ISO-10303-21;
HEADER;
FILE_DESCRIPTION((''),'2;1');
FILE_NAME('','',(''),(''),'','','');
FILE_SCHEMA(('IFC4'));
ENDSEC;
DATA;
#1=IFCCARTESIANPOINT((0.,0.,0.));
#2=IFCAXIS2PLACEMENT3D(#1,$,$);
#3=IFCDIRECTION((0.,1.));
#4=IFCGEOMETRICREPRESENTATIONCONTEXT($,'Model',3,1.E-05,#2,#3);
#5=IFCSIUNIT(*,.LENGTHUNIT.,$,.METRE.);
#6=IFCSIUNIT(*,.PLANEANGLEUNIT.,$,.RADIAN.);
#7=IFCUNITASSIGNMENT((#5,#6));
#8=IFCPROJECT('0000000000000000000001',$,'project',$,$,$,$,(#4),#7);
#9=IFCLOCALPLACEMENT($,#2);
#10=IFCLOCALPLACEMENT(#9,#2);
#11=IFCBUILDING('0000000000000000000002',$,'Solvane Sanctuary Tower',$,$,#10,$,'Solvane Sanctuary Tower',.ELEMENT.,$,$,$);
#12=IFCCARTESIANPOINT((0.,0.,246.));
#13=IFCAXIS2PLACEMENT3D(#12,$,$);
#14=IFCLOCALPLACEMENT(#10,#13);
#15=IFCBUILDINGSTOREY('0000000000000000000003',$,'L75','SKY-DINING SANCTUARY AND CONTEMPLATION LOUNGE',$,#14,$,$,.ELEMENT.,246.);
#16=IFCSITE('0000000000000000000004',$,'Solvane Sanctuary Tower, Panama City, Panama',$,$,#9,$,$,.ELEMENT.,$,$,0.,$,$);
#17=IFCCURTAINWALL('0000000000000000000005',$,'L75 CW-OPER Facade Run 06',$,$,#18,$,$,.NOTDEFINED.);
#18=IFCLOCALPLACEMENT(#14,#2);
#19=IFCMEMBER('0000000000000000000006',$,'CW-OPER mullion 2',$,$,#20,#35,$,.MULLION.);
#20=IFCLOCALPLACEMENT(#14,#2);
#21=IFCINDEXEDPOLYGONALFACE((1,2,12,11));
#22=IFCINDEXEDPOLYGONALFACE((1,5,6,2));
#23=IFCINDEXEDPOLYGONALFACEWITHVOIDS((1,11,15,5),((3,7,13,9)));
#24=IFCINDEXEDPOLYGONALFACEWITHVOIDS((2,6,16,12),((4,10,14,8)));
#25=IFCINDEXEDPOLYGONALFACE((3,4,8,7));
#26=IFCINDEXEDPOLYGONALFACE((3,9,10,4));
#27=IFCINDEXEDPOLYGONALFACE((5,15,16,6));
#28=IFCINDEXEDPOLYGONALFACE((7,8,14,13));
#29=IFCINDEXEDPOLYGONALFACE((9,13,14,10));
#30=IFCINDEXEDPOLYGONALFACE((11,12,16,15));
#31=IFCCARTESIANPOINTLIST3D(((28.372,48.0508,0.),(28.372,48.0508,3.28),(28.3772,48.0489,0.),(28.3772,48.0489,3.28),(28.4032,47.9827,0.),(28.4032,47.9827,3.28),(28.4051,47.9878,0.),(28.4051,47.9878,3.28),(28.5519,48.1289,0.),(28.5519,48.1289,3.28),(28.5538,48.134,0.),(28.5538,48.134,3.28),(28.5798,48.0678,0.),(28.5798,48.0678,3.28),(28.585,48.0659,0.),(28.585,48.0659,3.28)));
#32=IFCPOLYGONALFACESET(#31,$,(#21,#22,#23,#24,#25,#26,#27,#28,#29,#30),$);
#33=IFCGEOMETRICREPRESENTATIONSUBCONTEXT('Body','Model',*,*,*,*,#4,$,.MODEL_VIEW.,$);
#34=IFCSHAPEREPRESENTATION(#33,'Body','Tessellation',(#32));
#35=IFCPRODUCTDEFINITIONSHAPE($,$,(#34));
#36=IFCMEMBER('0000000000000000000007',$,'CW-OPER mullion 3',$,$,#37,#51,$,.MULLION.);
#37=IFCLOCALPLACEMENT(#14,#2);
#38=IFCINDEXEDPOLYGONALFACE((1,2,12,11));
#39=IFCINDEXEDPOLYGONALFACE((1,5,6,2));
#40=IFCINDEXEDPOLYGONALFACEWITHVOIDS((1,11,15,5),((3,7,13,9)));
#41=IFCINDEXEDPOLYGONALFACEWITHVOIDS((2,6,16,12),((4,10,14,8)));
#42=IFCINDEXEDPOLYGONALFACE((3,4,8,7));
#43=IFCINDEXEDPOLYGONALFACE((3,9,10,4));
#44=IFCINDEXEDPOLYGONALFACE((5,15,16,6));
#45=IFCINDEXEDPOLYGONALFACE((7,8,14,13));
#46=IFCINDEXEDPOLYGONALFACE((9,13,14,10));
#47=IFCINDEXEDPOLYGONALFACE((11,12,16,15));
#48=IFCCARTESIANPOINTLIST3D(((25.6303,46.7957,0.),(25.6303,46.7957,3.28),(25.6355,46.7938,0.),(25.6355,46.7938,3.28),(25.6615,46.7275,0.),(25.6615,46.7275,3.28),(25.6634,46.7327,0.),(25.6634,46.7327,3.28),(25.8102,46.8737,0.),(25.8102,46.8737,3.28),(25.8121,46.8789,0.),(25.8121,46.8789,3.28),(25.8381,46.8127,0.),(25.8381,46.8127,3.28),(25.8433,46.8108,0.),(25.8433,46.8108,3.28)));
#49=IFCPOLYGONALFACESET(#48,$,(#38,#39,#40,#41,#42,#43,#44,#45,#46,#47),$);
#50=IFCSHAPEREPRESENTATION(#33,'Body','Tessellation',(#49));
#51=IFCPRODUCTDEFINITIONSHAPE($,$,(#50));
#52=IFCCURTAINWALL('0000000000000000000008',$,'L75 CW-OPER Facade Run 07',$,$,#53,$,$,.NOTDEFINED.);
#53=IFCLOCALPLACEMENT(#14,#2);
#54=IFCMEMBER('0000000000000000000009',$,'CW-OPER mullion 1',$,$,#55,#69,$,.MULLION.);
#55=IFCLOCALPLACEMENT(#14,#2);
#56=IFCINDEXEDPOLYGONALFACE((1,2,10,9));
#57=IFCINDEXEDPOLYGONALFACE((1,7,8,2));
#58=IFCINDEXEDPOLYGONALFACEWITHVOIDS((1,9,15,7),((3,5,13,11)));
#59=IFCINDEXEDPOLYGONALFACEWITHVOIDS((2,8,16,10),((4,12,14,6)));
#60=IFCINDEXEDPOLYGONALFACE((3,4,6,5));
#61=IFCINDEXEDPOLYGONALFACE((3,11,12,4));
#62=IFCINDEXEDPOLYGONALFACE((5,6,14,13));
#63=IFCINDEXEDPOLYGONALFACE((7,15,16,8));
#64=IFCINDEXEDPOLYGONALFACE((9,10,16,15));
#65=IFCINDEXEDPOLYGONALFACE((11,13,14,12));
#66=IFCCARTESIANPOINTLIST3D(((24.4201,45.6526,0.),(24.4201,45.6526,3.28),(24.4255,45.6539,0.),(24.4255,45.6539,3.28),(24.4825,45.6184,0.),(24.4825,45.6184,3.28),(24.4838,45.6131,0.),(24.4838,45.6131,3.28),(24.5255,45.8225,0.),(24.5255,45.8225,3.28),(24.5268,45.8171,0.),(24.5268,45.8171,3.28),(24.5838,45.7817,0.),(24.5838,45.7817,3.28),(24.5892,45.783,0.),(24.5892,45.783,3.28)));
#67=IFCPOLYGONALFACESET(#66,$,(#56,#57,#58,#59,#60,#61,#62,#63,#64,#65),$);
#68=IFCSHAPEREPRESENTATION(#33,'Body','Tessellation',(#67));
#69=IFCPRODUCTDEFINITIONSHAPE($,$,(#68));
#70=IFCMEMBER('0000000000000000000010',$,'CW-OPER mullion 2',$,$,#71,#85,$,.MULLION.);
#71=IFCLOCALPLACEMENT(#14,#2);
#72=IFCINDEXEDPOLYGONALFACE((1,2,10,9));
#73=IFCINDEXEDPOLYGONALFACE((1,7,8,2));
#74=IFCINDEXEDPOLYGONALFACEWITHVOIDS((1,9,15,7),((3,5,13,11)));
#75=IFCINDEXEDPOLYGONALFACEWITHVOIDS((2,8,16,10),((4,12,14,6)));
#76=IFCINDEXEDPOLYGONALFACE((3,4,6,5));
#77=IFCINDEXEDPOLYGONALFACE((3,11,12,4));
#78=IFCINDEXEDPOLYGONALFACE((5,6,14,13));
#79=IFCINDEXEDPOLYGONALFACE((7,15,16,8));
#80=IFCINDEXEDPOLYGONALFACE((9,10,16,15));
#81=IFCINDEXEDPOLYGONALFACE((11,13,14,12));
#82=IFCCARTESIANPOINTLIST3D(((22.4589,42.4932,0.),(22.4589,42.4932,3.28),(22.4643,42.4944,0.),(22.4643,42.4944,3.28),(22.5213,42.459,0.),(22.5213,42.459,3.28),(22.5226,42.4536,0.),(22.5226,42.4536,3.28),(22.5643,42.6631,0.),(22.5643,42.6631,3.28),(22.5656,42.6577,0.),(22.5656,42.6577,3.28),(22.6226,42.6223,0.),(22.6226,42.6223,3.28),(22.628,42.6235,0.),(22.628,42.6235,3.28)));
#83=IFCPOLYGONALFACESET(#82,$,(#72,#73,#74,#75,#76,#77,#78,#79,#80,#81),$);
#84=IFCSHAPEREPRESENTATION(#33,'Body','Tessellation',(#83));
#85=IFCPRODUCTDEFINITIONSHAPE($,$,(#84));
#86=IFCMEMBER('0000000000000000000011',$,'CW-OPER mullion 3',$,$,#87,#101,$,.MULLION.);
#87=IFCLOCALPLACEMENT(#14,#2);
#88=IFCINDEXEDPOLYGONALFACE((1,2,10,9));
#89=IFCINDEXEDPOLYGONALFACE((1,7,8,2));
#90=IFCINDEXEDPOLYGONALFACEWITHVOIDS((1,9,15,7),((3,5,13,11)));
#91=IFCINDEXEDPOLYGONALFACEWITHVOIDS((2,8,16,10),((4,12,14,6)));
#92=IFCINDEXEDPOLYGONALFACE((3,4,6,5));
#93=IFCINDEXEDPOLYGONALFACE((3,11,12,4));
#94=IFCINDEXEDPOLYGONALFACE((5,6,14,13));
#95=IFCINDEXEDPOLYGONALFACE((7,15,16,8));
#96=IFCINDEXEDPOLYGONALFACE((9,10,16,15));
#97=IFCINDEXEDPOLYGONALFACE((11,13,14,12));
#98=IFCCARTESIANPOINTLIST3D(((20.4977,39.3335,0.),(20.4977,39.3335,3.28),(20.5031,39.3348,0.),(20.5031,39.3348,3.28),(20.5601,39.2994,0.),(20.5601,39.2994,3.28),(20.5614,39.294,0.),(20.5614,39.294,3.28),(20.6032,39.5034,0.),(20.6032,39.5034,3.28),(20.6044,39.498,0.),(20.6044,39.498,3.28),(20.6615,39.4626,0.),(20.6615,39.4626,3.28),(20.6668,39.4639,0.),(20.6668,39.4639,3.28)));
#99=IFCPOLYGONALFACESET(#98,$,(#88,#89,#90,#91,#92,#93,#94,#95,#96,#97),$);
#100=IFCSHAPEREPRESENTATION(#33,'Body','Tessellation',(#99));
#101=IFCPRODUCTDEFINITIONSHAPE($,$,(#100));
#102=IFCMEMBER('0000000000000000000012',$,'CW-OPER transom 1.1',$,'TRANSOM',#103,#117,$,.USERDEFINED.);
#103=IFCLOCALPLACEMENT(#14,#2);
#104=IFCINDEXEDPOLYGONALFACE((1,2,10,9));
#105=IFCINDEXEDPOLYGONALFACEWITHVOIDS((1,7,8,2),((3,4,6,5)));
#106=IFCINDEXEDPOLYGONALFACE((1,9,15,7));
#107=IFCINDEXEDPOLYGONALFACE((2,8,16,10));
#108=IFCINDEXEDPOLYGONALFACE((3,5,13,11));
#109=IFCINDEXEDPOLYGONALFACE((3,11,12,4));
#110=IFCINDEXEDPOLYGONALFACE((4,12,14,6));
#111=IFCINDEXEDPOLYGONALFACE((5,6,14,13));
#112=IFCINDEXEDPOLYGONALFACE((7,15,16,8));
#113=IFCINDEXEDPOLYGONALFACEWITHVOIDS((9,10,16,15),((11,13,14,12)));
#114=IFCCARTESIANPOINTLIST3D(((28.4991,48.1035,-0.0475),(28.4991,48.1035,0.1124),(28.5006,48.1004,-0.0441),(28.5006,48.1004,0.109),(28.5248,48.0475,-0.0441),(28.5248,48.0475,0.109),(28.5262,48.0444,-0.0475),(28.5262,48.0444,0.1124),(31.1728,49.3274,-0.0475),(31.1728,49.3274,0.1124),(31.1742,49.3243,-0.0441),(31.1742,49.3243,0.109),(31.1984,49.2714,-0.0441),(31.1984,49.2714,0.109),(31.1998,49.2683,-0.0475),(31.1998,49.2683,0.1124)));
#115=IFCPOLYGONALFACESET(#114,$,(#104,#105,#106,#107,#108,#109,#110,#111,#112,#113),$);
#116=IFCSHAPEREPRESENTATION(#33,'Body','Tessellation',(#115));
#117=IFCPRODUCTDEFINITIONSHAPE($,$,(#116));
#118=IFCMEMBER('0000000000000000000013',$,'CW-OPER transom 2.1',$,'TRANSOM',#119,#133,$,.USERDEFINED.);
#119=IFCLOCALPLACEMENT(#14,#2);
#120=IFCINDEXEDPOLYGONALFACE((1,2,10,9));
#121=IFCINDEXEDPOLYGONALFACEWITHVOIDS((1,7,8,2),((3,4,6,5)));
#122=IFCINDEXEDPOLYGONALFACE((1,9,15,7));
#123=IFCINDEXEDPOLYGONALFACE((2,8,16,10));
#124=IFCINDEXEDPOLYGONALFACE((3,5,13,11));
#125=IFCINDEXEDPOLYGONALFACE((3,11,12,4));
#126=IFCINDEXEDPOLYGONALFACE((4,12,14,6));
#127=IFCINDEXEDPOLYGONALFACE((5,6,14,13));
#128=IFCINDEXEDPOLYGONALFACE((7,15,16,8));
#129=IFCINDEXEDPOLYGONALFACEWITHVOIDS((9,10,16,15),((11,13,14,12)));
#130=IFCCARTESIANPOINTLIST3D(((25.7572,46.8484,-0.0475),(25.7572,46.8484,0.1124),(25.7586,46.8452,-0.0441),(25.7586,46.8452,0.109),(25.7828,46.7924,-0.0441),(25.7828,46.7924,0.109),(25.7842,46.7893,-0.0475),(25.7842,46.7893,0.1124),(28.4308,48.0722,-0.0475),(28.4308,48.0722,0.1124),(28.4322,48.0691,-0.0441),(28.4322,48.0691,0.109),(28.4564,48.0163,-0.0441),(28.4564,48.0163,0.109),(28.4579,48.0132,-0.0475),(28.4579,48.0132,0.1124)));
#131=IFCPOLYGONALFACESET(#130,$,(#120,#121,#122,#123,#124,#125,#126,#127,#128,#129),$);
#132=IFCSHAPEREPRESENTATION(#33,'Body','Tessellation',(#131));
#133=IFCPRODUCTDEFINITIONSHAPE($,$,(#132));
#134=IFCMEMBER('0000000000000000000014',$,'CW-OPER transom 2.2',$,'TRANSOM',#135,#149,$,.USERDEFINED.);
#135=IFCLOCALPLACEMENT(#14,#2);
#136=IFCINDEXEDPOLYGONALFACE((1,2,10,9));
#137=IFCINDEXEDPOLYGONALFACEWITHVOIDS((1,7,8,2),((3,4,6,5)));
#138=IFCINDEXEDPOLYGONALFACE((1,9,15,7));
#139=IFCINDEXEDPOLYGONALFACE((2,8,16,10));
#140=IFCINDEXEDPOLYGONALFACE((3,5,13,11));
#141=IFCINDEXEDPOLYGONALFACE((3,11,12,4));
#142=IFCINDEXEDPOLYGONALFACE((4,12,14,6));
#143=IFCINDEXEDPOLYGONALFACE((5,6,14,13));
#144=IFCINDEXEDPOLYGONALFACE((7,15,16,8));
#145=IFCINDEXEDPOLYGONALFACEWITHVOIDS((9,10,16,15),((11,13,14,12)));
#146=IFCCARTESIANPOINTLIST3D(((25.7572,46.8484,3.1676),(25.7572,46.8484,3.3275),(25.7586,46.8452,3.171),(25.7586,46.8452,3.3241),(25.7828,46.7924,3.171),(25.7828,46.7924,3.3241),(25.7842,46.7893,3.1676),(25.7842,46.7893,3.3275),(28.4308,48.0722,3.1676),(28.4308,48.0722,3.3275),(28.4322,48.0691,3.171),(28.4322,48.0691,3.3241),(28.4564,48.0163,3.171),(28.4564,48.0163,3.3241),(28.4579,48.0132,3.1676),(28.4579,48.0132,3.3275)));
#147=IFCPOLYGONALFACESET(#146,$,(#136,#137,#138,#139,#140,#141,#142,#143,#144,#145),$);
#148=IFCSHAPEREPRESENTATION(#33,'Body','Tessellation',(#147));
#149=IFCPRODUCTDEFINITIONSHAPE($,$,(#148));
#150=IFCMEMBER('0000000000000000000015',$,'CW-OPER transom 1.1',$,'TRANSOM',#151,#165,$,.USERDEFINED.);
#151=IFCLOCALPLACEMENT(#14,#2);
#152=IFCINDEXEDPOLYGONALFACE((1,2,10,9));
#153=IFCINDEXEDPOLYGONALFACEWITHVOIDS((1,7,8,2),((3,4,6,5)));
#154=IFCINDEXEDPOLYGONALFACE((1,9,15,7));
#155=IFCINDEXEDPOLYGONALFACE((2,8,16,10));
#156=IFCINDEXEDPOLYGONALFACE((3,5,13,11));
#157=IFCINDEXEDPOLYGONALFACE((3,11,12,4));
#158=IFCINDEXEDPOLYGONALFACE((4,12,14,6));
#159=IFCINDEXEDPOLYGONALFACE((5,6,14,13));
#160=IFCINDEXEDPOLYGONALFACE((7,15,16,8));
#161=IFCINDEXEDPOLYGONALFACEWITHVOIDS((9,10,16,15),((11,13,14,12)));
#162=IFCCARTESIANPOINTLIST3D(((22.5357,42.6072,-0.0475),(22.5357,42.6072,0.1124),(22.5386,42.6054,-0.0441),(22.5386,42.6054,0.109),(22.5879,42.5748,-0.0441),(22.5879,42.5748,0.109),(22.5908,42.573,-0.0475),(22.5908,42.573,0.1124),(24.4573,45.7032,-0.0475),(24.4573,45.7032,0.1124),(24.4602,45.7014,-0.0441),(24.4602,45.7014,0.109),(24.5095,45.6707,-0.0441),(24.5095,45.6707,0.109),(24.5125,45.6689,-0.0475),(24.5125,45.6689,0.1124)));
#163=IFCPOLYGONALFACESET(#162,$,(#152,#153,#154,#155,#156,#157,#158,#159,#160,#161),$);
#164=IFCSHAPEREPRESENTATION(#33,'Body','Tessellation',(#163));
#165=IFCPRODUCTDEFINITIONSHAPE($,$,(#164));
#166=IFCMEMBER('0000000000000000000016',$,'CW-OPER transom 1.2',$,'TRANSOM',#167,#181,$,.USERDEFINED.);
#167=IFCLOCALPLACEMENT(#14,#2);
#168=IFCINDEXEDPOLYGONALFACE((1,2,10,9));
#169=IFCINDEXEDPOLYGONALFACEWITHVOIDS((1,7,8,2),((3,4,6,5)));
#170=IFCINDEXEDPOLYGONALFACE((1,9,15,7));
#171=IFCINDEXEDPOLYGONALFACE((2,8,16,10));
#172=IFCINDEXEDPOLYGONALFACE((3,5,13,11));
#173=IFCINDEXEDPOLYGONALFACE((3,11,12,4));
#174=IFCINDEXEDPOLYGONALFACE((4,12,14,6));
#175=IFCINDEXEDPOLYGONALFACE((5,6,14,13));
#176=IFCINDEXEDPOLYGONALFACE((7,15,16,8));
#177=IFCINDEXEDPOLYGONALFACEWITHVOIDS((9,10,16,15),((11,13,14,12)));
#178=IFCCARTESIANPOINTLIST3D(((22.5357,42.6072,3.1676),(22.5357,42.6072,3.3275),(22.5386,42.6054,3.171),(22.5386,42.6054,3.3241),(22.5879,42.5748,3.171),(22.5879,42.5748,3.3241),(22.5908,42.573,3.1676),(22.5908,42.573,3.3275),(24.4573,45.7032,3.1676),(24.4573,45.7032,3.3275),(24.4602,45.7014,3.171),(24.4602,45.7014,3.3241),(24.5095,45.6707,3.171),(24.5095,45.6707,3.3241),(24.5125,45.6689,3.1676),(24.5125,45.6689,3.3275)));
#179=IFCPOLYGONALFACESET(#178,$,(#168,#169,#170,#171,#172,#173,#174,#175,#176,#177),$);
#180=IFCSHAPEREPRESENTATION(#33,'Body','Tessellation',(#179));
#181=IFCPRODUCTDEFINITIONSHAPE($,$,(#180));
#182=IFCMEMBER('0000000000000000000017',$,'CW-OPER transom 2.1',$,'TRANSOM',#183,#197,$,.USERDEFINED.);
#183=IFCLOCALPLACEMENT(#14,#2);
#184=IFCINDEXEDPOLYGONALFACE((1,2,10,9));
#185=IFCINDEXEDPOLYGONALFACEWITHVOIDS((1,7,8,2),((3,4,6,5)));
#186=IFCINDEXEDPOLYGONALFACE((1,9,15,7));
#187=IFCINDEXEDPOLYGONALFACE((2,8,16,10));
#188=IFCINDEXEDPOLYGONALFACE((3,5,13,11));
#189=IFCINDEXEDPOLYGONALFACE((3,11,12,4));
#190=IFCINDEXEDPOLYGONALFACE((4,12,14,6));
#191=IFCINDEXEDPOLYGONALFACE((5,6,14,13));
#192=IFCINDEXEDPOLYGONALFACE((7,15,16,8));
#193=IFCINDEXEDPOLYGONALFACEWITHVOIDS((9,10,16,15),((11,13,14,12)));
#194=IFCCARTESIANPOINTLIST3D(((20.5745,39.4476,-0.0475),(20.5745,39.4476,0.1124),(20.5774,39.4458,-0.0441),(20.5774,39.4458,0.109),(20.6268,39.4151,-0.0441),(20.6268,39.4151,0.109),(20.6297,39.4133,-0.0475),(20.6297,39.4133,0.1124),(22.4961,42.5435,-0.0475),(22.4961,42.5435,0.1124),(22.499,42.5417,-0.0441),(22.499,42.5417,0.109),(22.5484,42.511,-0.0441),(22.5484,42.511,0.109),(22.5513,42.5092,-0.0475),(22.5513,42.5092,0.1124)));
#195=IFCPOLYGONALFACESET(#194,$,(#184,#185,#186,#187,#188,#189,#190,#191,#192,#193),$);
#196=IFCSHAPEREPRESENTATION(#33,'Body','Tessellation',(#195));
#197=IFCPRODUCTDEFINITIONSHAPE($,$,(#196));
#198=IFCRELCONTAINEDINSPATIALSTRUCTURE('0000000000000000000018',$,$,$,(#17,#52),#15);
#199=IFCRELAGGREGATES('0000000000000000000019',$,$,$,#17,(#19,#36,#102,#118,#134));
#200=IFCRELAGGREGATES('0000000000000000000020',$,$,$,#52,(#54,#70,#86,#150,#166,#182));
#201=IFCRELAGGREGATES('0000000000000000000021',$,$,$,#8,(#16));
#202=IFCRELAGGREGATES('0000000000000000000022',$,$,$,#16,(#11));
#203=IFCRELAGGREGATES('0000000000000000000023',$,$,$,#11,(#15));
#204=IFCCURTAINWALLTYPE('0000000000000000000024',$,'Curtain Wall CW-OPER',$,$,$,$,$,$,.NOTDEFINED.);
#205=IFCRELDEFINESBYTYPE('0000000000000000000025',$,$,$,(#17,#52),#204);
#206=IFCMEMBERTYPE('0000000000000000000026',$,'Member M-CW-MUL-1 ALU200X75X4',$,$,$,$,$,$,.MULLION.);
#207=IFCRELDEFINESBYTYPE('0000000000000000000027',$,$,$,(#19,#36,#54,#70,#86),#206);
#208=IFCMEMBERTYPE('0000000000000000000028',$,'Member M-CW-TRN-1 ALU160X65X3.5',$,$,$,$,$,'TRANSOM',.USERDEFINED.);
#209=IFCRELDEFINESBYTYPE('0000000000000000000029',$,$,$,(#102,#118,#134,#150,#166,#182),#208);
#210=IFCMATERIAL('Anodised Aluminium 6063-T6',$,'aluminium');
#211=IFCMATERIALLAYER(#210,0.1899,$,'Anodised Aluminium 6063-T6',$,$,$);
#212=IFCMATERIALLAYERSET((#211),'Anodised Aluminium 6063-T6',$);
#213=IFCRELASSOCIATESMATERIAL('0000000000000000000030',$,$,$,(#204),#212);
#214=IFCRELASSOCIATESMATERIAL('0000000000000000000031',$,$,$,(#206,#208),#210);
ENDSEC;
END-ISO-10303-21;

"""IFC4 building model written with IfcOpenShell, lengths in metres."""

from ifc_helpers import new_model, si_unit, direction, frame, origin, origin_2d, place, context, subcontext, project, spatial, hollow_rectangle, extrude, material, layer, layer_set, material_profile, profile_set, type_object, element, aggregate, save


model = new_model("IFC4")

# Units and contexts
model_context = context("Model", 3, precision=1e-05, world=origin(), true_north=direction((0.0, 1.0)))
body_context = subcontext(model_context, "Body", "Model", "MODEL_VIEW")
ifc_project = project(units=[si_unit("LENGTHUNIT", "METRE"), si_unit("PLANEANGLEUNIT", "RADIAN")], contexts=[model_context])

# Site, building, storey
site_placement = place(None, origin())
site = spatial("IfcSite", under=ifc_project, at=site_placement, Name="Solvane Sanctuary Tower, Panama City, Panama", CompositionType="ELEMENT", RefElevation=0.0)
building_placement = place(site_placement, origin())
building = spatial("IfcBuilding", under=site, at=building_placement, Name="Solvane Sanctuary Tower", LongName="Solvane Sanctuary Tower", CompositionType="ELEMENT")
storey_placement = place(building_placement, frame((0.0, 0.0, 246.0)))
storey = spatial("IfcBuildingStorey", under=building, at=storey_placement, Name="L75", Description="SKY-DINING SANCTUARY AND CONTEMPLATION LOUNGE", CompositionType="ELEMENT", Elevation=246.0)

# Curtain walls, members
ifc_material_1 = material(Name="Anodised Aluminium 6063-T6", Category="aluminium")
ifc_layer_1 = layer(ifc_material_1, 0.1899, Name="Anodised Aluminium 6063-T6")
ifc_layer_set_1 = layer_set([ifc_layer_1], Name="Anodised Aluminium 6063-T6")
curtain_wall_type = type_object("IfcCurtainWallType", Name="Curtain Wall CW-OPER", PredefinedType="NOTDEFINED", material=ifc_layer_set_1)
curtain_wall_1_placement = place(storey_placement, origin())
curtain_wall_1 = element("IfcCurtainWall", 1, at=curtain_wall_1_placement, inside=storey, type_object=curtain_wall_type, Name="L75 CW-OPER Facade Run 06", PredefinedType="NOTDEFINED")
ifc_material_profile_1 = material_profile(ifc_material_1, hollow_rectangle(XDim=0.075, YDim=0.2, WallThickness=0.0039, at=origin_2d()), Name="ALU200X75X4")
ifc_profile_set_1 = profile_set([ifc_material_profile_1], Name="Anodised Aluminium 6063-T6")
member_type_1 = type_object("IfcMemberType", Name="Member M-CW-MUL-1 ALU200X75X4", PredefinedType="MULLION", material=ifc_profile_set_1)
member_1_placement = place(storey_placement, frame((28.4785, 48.0583, 0.0), z_axis=(0.0, 0.0, 1.0), x_axis=(0.416225, -0.909262, 0.0)))
member_1 = element("IfcMember", 2, at=member_1_placement, type_object=member_type_1, Name="CW-OPER mullion 2", PredefinedType="MULLION", context=body_context, shape_type="SweptSolid", body=[
    extrude(hollow_rectangle(XDim=0.075, YDim=0.2, WallThickness=0.0039, at=origin_2d()), origin(), (0.0, 0.0, 1.0), 3.28),
])
member_2_placement = place(storey_placement, frame((25.7368, 46.8032, 0.0), z_axis=(0.0, 0.0, 1.0), x_axis=(0.416225, -0.909262, 0.0)))
member_2 = element("IfcMember", 3, at=member_2_placement, type_object=member_type_1, Name="CW-OPER mullion 3", PredefinedType="MULLION", context=body_context, shape_type="SweptSolid", body=[
    extrude(hollow_rectangle(XDim=0.075, YDim=0.2, WallThickness=0.0039, at=origin_2d()), origin(), (0.0, 0.0, 1.0), 3.28),
])
curtain_wall_2_placement = place(storey_placement, origin())
curtain_wall_2 = element("IfcCurtainWall", 4, at=curtain_wall_2_placement, inside=storey, type_object=curtain_wall_type, Name="L75 CW-OPER Facade Run 07", PredefinedType="NOTDEFINED")
member_3_placement = place(storey_placement, frame((24.5046, 45.7178, 0.0), z_axis=(0.0, 0.0, 1.0), x_axis=(0.849622, -0.527392, 0.0)))
member_3 = element("IfcMember", 5, at=member_3_placement, type_object=member_type_1, Name="CW-OPER mullion 1", PredefinedType="MULLION", context=body_context, shape_type="SweptSolid", body=[
    extrude(hollow_rectangle(XDim=0.075, YDim=0.2, WallThickness=0.0039, at=origin_2d()), origin(), (0.0, 0.0, 1.0), 3.28),
])
member_4_placement = place(storey_placement, frame((22.5435, 42.5583, 0.0), z_axis=(0.0, 0.0, 1.0), x_axis=(0.849622, -0.527392, 0.0)))
member_4 = element("IfcMember", 6, at=member_4_placement, type_object=member_type_1, Name="CW-OPER mullion 2", PredefinedType="MULLION", context=body_context, shape_type="SweptSolid", body=[
    extrude(hollow_rectangle(XDim=0.075, YDim=0.2, WallThickness=0.0039, at=origin_2d()), origin(), (0.0, 0.0, 1.0), 3.28),
])
member_5_placement = place(storey_placement, frame((20.5823, 39.3987, 0.0), z_axis=(0.0, 0.0, 1.0), x_axis=(0.849622, -0.527392, 0.0)))
member_5 = element("IfcMember", 7, at=member_5_placement, type_object=member_type_1, Name="CW-OPER mullion 3", PredefinedType="MULLION", context=body_context, shape_type="SweptSolid", body=[
    extrude(hollow_rectangle(XDim=0.075, YDim=0.2, WallThickness=0.0039, at=origin_2d()), origin(), (0.0, 0.0, 1.0), 3.28),
])

# Members
ifc_material_profile_2 = material_profile(ifc_material_1, hollow_rectangle(XDim=0.0649, YDim=0.1599, WallThickness=0.0034, at=origin_2d()), Name="ALU160X65X3.5")
ifc_profile_set_2 = profile_set([ifc_material_profile_2], Name="Anodised Aluminium 6063-T6")
member_type_2 = type_object("IfcMemberType", Name="Member M-CW-TRN-1 ALU160X65X3.5", ElementType="TRANSOM", PredefinedType="USERDEFINED", material=ifc_profile_set_2)
member_6_placement = place(storey_placement, frame((31.1863, 49.2979, 0.0325), z_axis=(-0.90926, -0.416229, 0.0), x_axis=(0.416229, -0.90926, 0.0)))
member_6 = element("IfcMember", 8, at=member_6_placement, type_object=member_type_2, Name="CW-OPER transom 1.1", ObjectType="TRANSOM", PredefinedType="USERDEFINED", context=body_context, shape_type="SweptSolid", body=[
    extrude(hollow_rectangle(XDim=0.0649, YDim=0.1599, WallThickness=0.0034, at=origin_2d()), origin(), (0.0, 0.0, 1.0), 2.9404),
])
member_7_placement = place(storey_placement, frame((28.4443, 48.0427, 0.0325), z_axis=(-0.90926, -0.416229, 0.0), x_axis=(0.416229, -0.90926, 0.0)))
member_7 = element("IfcMember", 9, at=member_7_placement, type_object=member_type_2, Name="CW-OPER transom 2.1", ObjectType="TRANSOM", PredefinedType="USERDEFINED", context=body_context, shape_type="SweptSolid", body=[
    extrude(hollow_rectangle(XDim=0.0649, YDim=0.1599, WallThickness=0.0034, at=origin_2d()), origin(), (0.0, 0.0, 1.0), 2.9404),
])
member_8_placement = place(storey_placement, frame((28.4443, 48.0427, 3.2476), z_axis=(-0.90926, -0.416229, 0.0), x_axis=(0.416229, -0.90926, 0.0)))
member_8 = element("IfcMember", 10, at=member_8_placement, type_object=member_type_2, Name="CW-OPER transom 2.2", ObjectType="TRANSOM", PredefinedType="USERDEFINED", context=body_context, shape_type="SweptSolid", body=[
    extrude(hollow_rectangle(XDim=0.0649, YDim=0.1599, WallThickness=0.0034, at=origin_2d()), origin(), (0.0, 0.0, 1.0), 2.9404),
])
member_9_placement = place(storey_placement, frame((24.4849, 45.686, 0.0325), z_axis=(-0.527365, -0.849639, 0.0), x_axis=(0.849639, -0.527365, 0.0)))
member_9 = element("IfcMember", 11, at=member_9_placement, type_object=member_type_2, Name="CW-OPER transom 1.1", ObjectType="TRANSOM", PredefinedType="USERDEFINED", context=body_context, shape_type="SweptSolid", body=[
    extrude(hollow_rectangle(XDim=0.0649, YDim=0.1599, WallThickness=0.0034, at=origin_2d()), origin(), (0.0, 0.0, 1.0), 3.6438),
])
member_10_placement = place(storey_placement, frame((24.4849, 45.686, 3.2476), z_axis=(-0.527365, -0.849639, 0.0), x_axis=(0.849639, -0.527365, 0.0)))
member_10 = element("IfcMember", 12, at=member_10_placement, type_object=member_type_2, Name="CW-OPER transom 1.2", ObjectType="TRANSOM", PredefinedType="USERDEFINED", context=body_context, shape_type="SweptSolid", body=[
    extrude(hollow_rectangle(XDim=0.0649, YDim=0.1599, WallThickness=0.0034, at=origin_2d()), origin(), (0.0, 0.0, 1.0), 3.6438),
])
member_11_placement = place(storey_placement, frame((22.5237, 42.5264, 0.0325), z_axis=(-0.527365, -0.849639, 0.0), x_axis=(0.849639, -0.527365, 0.0)))
member_11 = element("IfcMember", 13, at=member_11_placement, type_object=member_type_2, Name="CW-OPER transom 2.1", ObjectType="TRANSOM", PredefinedType="USERDEFINED", context=body_context, shape_type="SweptSolid", body=[
    extrude(hollow_rectangle(XDim=0.0649, YDim=0.1599, WallThickness=0.0034, at=origin_2d()), origin(), (0.0, 0.0, 1.0), 3.6438),
])

aggregate(curtain_wall_1, [member_1, member_2, member_6, member_7, member_8])
aggregate(curtain_wall_2, [member_3, member_4, member_5, member_9, member_10, member_11])

save(model, "model.ifc")
